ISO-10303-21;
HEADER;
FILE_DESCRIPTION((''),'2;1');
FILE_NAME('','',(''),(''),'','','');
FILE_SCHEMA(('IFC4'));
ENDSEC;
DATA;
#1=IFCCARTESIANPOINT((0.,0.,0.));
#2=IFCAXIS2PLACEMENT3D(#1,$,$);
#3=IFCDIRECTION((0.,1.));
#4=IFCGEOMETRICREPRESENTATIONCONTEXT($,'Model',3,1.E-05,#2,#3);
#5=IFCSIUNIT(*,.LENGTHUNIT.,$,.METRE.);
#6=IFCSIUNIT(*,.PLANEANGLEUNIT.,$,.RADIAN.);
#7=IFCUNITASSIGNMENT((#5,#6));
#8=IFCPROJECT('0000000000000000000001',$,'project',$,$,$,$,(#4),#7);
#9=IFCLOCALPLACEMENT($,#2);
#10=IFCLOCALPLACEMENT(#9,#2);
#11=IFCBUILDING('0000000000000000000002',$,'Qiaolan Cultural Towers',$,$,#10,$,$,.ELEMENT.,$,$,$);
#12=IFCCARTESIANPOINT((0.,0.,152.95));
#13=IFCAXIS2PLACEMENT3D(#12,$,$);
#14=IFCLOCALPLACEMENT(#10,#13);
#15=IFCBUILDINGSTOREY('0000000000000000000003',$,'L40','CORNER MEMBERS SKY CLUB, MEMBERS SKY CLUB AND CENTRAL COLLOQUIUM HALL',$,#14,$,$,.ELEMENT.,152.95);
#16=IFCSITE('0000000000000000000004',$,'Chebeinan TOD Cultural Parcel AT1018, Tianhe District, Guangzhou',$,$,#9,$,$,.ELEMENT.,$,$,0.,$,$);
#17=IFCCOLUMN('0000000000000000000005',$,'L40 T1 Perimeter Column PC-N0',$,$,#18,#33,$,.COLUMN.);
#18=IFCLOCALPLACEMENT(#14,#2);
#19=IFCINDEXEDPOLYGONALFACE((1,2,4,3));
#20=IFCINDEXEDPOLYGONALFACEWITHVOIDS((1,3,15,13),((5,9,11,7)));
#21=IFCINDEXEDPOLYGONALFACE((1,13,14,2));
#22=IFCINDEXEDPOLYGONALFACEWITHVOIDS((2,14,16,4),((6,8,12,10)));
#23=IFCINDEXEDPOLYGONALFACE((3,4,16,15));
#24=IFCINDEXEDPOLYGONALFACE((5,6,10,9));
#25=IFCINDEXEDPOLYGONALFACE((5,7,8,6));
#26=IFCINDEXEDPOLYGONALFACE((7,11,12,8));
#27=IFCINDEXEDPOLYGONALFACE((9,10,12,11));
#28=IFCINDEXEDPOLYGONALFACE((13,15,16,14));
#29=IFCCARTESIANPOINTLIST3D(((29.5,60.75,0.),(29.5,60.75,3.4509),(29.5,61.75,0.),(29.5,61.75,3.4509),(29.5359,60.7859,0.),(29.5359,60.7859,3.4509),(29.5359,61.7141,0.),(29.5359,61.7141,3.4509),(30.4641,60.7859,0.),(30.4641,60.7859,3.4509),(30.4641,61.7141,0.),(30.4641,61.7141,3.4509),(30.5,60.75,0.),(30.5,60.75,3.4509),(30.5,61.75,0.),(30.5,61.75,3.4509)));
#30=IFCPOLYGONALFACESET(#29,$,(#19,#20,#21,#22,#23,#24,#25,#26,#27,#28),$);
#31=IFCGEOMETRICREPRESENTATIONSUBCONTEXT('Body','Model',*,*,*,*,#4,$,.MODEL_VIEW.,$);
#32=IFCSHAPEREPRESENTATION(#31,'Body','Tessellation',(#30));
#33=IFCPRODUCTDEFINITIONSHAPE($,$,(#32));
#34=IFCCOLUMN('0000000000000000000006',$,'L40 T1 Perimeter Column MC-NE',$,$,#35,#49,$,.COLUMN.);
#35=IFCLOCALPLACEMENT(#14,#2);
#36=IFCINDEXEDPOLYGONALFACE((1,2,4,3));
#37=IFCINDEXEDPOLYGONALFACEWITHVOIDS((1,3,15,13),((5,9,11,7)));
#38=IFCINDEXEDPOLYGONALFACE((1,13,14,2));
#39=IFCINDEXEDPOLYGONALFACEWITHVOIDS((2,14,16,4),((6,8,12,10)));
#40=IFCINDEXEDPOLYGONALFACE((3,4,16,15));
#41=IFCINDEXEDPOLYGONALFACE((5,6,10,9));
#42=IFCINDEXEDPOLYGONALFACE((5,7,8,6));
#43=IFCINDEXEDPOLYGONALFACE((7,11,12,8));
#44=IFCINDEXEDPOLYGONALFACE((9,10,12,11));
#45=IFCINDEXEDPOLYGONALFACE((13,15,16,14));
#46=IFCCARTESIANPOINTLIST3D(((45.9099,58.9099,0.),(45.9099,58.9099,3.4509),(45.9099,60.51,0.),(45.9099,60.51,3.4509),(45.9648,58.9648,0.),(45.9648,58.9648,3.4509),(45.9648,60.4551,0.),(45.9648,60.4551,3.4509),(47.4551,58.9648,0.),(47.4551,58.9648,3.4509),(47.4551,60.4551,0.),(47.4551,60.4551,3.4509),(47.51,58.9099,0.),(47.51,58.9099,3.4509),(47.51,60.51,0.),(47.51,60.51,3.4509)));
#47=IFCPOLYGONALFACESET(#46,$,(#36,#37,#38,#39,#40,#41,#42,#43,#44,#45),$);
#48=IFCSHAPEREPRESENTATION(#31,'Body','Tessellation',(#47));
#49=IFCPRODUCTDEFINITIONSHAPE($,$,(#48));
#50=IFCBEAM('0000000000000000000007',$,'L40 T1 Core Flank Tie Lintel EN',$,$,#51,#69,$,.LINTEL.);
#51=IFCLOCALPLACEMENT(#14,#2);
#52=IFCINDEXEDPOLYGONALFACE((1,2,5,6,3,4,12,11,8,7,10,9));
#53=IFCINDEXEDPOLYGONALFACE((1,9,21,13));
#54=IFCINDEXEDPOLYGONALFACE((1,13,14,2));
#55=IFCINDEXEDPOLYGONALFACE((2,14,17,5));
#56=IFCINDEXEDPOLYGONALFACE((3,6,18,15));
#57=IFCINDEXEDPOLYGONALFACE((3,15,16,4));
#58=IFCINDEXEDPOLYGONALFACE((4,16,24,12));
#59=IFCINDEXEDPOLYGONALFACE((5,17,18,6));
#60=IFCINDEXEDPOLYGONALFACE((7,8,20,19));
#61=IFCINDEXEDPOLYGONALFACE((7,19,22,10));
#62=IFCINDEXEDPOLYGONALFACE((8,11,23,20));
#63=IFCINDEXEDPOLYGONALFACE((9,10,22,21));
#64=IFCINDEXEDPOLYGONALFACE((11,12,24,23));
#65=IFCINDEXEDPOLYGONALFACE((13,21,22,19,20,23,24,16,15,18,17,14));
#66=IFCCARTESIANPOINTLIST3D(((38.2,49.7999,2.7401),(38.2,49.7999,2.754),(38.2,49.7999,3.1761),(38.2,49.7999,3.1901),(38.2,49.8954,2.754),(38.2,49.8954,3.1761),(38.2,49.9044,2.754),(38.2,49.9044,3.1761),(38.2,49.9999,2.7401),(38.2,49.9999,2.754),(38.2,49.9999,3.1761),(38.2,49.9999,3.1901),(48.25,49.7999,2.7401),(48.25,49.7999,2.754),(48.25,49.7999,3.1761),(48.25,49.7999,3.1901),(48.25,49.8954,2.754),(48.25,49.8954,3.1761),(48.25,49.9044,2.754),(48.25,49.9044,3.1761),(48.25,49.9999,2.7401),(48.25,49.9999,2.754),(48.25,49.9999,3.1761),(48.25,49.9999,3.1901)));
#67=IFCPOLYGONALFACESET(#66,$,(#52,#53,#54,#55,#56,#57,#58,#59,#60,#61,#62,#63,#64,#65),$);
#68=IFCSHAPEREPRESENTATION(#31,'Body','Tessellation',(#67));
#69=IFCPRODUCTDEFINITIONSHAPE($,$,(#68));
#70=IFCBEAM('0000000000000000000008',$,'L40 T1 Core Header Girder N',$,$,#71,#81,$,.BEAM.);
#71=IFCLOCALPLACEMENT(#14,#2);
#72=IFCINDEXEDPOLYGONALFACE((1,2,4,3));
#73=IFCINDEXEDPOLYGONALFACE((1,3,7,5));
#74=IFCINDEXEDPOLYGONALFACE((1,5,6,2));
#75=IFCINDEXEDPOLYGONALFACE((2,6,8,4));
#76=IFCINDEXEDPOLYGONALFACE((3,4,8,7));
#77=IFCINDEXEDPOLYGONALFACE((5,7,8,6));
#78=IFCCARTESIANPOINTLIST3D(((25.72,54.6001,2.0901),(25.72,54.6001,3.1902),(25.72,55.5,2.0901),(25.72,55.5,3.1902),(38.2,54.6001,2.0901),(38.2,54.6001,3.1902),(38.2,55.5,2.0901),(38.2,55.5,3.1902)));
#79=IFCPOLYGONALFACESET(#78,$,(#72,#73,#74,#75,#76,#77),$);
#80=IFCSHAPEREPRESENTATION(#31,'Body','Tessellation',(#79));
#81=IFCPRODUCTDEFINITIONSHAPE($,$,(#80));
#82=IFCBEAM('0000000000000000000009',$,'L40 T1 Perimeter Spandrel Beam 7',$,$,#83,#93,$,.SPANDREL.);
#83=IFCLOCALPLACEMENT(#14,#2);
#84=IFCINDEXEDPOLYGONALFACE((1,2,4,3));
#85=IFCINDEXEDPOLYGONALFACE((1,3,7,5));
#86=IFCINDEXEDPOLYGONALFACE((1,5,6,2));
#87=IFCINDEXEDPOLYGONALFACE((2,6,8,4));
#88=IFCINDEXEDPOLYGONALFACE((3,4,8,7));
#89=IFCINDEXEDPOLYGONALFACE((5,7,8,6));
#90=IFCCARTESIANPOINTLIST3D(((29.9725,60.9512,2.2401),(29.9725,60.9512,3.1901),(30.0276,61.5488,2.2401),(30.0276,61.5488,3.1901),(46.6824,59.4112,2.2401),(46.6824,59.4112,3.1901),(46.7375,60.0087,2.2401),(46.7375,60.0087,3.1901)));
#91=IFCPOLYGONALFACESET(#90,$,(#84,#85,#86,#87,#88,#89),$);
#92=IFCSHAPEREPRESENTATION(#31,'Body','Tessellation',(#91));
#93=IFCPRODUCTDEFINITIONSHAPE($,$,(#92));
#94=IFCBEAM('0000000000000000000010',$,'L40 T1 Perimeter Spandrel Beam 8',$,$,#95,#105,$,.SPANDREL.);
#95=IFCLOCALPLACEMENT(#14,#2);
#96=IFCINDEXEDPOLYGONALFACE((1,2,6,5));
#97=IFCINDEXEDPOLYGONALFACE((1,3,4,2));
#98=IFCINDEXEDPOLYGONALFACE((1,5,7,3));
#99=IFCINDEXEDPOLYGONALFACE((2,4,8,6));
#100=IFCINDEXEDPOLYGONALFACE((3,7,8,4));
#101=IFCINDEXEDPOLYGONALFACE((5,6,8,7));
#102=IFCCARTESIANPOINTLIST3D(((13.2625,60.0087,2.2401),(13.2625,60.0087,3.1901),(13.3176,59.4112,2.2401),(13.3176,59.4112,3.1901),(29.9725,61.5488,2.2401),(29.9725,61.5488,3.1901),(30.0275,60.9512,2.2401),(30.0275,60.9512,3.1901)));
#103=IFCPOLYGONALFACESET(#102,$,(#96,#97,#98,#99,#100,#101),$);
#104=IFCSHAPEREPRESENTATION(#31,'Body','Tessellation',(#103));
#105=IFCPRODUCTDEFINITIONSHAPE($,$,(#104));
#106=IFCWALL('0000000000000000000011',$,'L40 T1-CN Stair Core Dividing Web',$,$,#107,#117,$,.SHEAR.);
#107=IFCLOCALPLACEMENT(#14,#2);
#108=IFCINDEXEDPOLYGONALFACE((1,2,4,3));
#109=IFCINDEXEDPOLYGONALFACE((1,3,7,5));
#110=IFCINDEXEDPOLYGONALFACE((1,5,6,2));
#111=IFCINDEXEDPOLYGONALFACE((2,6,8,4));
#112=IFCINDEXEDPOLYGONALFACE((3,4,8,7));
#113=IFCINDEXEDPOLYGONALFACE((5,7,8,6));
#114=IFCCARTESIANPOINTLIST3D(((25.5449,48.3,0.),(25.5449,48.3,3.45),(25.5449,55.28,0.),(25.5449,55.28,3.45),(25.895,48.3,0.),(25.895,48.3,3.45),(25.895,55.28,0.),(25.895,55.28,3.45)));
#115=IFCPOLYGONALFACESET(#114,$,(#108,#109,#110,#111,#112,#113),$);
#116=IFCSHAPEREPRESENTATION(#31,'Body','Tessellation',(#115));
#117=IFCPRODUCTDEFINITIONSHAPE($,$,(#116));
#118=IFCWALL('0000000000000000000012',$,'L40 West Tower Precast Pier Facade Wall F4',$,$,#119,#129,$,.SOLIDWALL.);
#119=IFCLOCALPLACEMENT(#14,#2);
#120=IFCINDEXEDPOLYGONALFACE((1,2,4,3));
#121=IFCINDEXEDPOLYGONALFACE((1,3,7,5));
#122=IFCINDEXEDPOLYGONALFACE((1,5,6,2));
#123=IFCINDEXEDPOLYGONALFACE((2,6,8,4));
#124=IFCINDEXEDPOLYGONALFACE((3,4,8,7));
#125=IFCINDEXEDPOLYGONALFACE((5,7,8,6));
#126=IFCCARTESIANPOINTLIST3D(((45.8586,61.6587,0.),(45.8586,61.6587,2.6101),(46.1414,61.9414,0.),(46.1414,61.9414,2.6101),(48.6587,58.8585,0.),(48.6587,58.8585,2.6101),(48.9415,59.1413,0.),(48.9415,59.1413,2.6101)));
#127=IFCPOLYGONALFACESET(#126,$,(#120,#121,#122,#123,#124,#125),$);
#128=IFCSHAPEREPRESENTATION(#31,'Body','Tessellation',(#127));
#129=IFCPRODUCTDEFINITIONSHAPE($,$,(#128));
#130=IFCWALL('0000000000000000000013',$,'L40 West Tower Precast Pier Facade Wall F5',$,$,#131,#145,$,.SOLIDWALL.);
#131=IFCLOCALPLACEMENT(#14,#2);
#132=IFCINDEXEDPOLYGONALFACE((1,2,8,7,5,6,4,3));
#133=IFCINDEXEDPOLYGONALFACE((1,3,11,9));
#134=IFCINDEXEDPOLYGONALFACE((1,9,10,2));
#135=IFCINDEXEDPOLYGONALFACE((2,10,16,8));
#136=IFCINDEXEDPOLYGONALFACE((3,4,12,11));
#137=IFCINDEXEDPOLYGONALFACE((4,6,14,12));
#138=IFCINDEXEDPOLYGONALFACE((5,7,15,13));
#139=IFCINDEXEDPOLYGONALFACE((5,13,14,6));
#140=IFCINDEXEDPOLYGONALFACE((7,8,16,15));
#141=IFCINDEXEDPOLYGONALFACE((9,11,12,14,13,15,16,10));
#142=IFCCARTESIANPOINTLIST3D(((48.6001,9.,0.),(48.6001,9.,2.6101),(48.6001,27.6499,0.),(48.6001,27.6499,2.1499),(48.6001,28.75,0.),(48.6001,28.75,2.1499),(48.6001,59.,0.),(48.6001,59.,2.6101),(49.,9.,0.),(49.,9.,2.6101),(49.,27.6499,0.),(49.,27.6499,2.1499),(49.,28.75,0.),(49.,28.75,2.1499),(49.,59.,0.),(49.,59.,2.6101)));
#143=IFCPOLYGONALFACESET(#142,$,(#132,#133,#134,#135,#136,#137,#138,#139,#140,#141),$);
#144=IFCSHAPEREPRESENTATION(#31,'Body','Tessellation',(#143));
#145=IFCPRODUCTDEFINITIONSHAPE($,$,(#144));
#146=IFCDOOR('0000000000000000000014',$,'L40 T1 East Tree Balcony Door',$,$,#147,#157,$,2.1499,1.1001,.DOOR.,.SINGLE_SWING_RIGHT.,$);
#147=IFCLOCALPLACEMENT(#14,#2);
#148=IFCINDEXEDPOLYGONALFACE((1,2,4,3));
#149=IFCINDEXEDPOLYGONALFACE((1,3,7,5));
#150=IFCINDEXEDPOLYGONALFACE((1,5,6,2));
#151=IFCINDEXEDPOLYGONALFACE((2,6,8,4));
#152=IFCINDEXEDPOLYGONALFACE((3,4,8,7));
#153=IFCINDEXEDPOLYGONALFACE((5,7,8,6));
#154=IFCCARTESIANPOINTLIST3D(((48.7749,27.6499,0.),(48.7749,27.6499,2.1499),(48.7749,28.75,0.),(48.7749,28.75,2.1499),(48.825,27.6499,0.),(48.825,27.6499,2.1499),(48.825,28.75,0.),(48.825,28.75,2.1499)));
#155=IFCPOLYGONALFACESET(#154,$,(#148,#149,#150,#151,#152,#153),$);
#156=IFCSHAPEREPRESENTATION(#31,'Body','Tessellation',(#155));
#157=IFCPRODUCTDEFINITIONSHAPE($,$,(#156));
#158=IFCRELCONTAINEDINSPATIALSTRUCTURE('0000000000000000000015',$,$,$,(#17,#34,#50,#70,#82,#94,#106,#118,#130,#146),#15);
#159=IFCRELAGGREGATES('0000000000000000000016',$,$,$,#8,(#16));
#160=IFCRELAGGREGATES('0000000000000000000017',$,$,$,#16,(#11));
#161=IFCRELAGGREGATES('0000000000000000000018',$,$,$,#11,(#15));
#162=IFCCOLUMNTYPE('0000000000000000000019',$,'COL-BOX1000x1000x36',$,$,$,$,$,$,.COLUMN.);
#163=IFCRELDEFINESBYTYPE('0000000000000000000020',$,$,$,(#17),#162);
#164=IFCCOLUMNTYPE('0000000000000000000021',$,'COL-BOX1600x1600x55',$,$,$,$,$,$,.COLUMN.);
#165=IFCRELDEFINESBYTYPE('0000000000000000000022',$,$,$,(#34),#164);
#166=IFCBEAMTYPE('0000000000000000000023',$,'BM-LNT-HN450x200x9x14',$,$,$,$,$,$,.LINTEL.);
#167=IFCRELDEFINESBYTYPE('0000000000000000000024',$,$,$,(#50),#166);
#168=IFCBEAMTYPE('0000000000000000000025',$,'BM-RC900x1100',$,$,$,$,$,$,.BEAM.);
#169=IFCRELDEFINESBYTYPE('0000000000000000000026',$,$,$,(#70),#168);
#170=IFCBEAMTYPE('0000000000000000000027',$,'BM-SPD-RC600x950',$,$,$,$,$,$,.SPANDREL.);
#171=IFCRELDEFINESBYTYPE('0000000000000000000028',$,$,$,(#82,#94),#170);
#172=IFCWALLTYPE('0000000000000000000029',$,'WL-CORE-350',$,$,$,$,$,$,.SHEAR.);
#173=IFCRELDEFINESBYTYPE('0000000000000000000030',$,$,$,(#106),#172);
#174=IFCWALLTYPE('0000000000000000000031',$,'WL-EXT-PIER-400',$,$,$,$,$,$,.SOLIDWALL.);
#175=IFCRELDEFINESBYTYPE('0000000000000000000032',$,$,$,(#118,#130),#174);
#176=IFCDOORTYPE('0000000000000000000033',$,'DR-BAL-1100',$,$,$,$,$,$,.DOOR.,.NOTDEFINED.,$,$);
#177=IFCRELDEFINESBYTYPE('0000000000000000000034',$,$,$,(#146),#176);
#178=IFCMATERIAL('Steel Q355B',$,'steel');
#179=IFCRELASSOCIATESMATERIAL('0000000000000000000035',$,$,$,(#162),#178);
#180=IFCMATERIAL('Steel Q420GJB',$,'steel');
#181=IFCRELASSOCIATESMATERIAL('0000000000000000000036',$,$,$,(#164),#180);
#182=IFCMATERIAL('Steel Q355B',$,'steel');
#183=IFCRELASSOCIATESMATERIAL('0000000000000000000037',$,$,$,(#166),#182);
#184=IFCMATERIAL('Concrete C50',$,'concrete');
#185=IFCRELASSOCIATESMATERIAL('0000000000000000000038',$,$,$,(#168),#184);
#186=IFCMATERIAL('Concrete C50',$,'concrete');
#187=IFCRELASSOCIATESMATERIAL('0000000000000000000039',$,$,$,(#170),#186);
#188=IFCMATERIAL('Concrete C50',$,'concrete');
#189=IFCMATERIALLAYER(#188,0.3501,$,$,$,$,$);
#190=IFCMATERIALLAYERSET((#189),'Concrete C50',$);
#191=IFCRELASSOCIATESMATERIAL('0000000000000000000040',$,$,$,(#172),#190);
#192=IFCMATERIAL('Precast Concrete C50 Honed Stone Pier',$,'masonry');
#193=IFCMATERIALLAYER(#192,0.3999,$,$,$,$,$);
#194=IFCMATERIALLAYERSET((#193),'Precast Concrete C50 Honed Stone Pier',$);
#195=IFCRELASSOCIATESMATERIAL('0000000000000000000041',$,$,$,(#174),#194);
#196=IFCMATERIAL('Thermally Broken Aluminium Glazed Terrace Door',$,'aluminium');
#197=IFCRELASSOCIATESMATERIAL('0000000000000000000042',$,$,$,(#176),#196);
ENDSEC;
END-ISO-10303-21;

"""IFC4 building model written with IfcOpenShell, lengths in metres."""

from ifc_helpers import new_model, si_unit, direction, frame, frame_2d, origin, origin_2d, place, context, subcontext, project, spatial, rectangle, hollow_rectangle, i_section, extrude, material, layer, layer_set, material_profile, profile_set, type_object, element, fill, save


model = new_model("IFC4")

# Units and contexts
model_context = context("Model", 3, precision=1e-05, world=origin(), true_north=direction((0.0, 1.0)))
body_context = subcontext(model_context, "Body", "Model", "MODEL_VIEW")
ifc_project = project(units=[si_unit("LENGTHUNIT", "METRE"), si_unit("PLANEANGLEUNIT", "RADIAN")], contexts=[model_context])

# Site, building, storey
site_placement = place(None, origin())
site = spatial("IfcSite", under=ifc_project, at=site_placement, Name="Chebeinan TOD Cultural Parcel AT1018, Tianhe District, Guangzhou", CompositionType="ELEMENT", RefElevation=0.0)
building_placement = place(site_placement, origin())
building = spatial("IfcBuilding", under=site, at=building_placement, Name="Qiaolan Cultural Towers", CompositionType="ELEMENT")
storey_placement = place(building_placement, frame((0.0, 0.0, 152.95)))
storey = spatial("IfcBuildingStorey", under=building, at=storey_placement, Name="L40", Description="CORNER MEMBERS SKY CLUB, MEMBERS SKY CLUB AND CENTRAL COLLOQUIUM HALL", CompositionType="ELEMENT", Elevation=152.95)

# Columns
ifc_material_1 = material(Name="Steel Q355B", Category="steel")
ifc_material_profile_1 = material_profile(ifc_material_1, hollow_rectangle(XDim=1.0, YDim=1.0, WallThickness=0.0359, at=origin_2d()), Name="BOX1000x1000x36")
ifc_profile_set_1 = profile_set([ifc_material_profile_1], Name="Steel Q355B")
column_type_1 = type_object("IfcColumnType", Name="COL-BOX1000x1000x36", PredefinedType="COLUMN", material=ifc_profile_set_1)
column_1_placement = place(storey_placement, frame((30.0, 61.25, 0.0), z_axis=(0.0, 0.0, 1.0), x_axis=(1.0, 0.0, 0.0)))
element("IfcColumn", 1, at=column_1_placement, inside=storey, type_object=column_type_1, Name="L40 T1 Perimeter Column PC-N0", PredefinedType="COLUMN", context=body_context, shape_type="SweptSolid", body=[
    extrude(hollow_rectangle(XDim=1.0, YDim=1.0, WallThickness=0.0359, at=origin_2d()), origin(), (0.0, 0.0, 1.0), 3.4509),
])
ifc_material_2 = material(Name="Steel Q420GJB", Category="steel")
ifc_material_profile_2 = material_profile(ifc_material_2, hollow_rectangle(XDim=1.6001, YDim=1.6001, WallThickness=0.0549, at=origin_2d()), Name="BOX1600x1600x55")
ifc_profile_set_2 = profile_set([ifc_material_profile_2], Name="Steel Q420GJB")
column_type_2 = type_object("IfcColumnType", Name="COL-BOX1600x1600x55", PredefinedType="COLUMN", material=ifc_profile_set_2)
column_2_placement = place(storey_placement, frame((46.71, 59.71, 0.0), z_axis=(0.0, 0.0, 1.0), x_axis=(1.0, 0.0, 0.0)))
element("IfcColumn", 2, at=column_2_placement, inside=storey, type_object=column_type_2, Name="L40 T1 Perimeter Column MC-NE", PredefinedType="COLUMN", context=body_context, shape_type="SweptSolid", body=[
    extrude(hollow_rectangle(XDim=1.6001, YDim=1.6001, WallThickness=0.0549, at=origin_2d()), origin(), (0.0, 0.0, 1.0), 3.4509),
])

# Beams
ifc_material_3 = material(Name="Steel Q355B", Category="steel")
ifc_material_profile_3 = material_profile(ifc_material_3, i_section(OverallWidth=0.2, OverallDepth=0.45, WebThickness=0.009, FlangeThickness=0.0139, at=origin_2d()), Name="HN450x200x9x14")
ifc_profile_set_3 = profile_set([ifc_material_profile_3], Name="Steel Q355B")
beam_type_1 = type_object("IfcBeamType", Name="BM-LNT-HN450x200x9x14", PredefinedType="LINTEL", material=ifc_profile_set_3)
beam_1_placement = place(storey_placement, frame((38.2, 49.8999, 2.9651), z_axis=(1.0, 0.0, 0.0), x_axis=(0.0, 1.0, 0.0)))
element("IfcBeam", 3, at=beam_1_placement, inside=storey, type_object=beam_type_1, Name="L40 T1 Core Flank Tie Lintel EN", PredefinedType="LINTEL", context=body_context, shape_type="SweptSolid", body=[
    extrude(i_section(OverallWidth=0.2, OverallDepth=0.45, WebThickness=0.009, FlangeThickness=0.0139, at=origin_2d()), origin(), (0.0, 0.0, 1.0), 10.05),
])
ifc_material_4 = material(Name="Concrete C50", Category="concrete")
ifc_material_profile_4 = material_profile(ifc_material_4, rectangle(XDim=0.8999, YDim=1.1001, at=origin_2d()), Name="RC900x1100")
ifc_profile_set_4 = profile_set([ifc_material_profile_4], Name="Concrete C50")
beam_type_2 = type_object("IfcBeamType", Name="BM-RC900x1100", PredefinedType="BEAM", material=ifc_profile_set_4)
beam_2_placement = place(storey_placement, frame((25.72, 55.05, 2.6401), z_axis=(1.0, 0.0, 0.0), x_axis=(0.0, 1.0, 0.0)))
element("IfcBeam", 4, at=beam_2_placement, inside=storey, type_object=beam_type_2, Name="L40 T1 Core Header Girder N", PredefinedType="BEAM", context=body_context, shape_type="SweptSolid", body=[
    extrude(rectangle(XDim=0.8999, YDim=1.1001, at=origin_2d()), origin(), (0.0, 0.0, 1.0), 12.48),
])
ifc_material_5 = material(Name="Concrete C50", Category="concrete")
ifc_material_profile_5 = material_profile(ifc_material_5, rectangle(XDim=0.6001, YDim=0.95, at=origin_2d()), Name="RC600x950")
ifc_profile_set_5 = profile_set([ifc_material_profile_5], Name="Concrete C50")
beam_type_3 = type_object("IfcBeamType", Name="BM-SPD-RC600x950", PredefinedType="SPANDREL", material=ifc_profile_set_5)
for number, where, z_axis, x_axis, name in (
    (5, (46.71, 59.71, 2.7151), (-0.99578, 0.091774, 0.0), (-0.091774, -0.99578, 0.0), "L40 T1 Perimeter Spandrel Beam 7"),
    (6, (30.0, 61.25, 2.7151), (-0.99578, -0.091774, 0.0), (0.091774, -0.99578, 0.0), "L40 T1 Perimeter Spandrel Beam 8"),
):
    element("IfcBeam", number, at=place(storey_placement, frame(where, z_axis=z_axis, x_axis=x_axis)), inside=storey, type_object=beam_type_3, Name=name, PredefinedType="SPANDREL", context=body_context, shape_type="SweptSolid", body=[
        extrude(rectangle(XDim=0.6001, YDim=0.95, at=origin_2d()), origin(), (0.0, 0.0, 1.0), 16.7808),
    ])

# Walls
ifc_material_6 = material(Name="Concrete C50", Category="concrete")
ifc_layer_1 = layer(ifc_material_6, 0.3501)
ifc_layer_set_1 = layer_set([ifc_layer_1], Name="Concrete C50")
wall_type_1 = type_object("IfcWallType", Name="WL-CORE-350", PredefinedType="SHEAR", material=ifc_layer_set_1)
wall_1_placement = place(storey_placement, frame((25.72, 48.3, 0.0), z_axis=(0.0, 0.0, 1.0), x_axis=(0.0, 1.0, 0.0)))
element("IfcWall", 7, at=wall_1_placement, inside=storey, type_object=wall_type_1, Name="L40 T1-CN Stair Core Dividing Web", PredefinedType="SHEAR", context=body_context, shape_type="SweptSolid", body=[
    extrude(rectangle(XDim=6.98, YDim=0.3501, at=frame_2d((3.49, 0.0))), origin(), (0.0, 0.0, 1.0), 3.45),
])
ifc_material_7 = material(Name="Precast Concrete C50 Honed Stone Pier", Category="masonry")
ifc_layer_2 = layer(ifc_material_7, 0.3999)
ifc_layer_set_2 = layer_set([ifc_layer_2], Name="Precast Concrete C50 Honed Stone Pier")
wall_type_2 = type_object("IfcWallType", Name="WL-EXT-PIER-400", PredefinedType="SOLIDWALL", material=ifc_layer_set_2)
wall_2_placement = place(storey_placement, frame((46.0, 61.8, 0.0), z_axis=(0.0, 0.0, 1.0), x_axis=(0.707107, -0.707107, 0.0)))
element("IfcWall", 8, at=wall_2_placement, inside=storey, type_object=wall_type_2, Name="L40 West Tower Precast Pier Facade Wall F4", PredefinedType="SOLIDWALL", context=body_context, shape_type="SweptSolid", body=[
    extrude(rectangle(XDim=3.96, YDim=0.3999, at=frame_2d((1.98, 0.0))), origin(), (0.0, 0.0, 1.0), 2.6101),
])

# Wall, opening, door
wall_3_placement = place(storey_placement, frame((48.8, 59.0, 0.0), z_axis=(0.0, 0.0, 1.0), x_axis=(0.0, -1.0, 0.0)))
wall_3 = element("IfcWall", 9, at=wall_3_placement, inside=storey, type_object=wall_type_2, Name="L40 West Tower Precast Pier Facade Wall F5", PredefinedType="SOLIDWALL", context=body_context, shape_type="SweptSolid", body=[
    extrude(rectangle(XDim=50.0, YDim=0.3999, at=frame_2d((25.0, 0.0))), origin(), (0.0, 0.0, 1.0), 2.6101),
])
opening_1_placement = place(wall_3_placement, frame((30.25, 0.0, 0.0)))
opening_1 = element("IfcOpeningElement", 10, at=opening_1_placement, cuts=wall_3, PredefinedType="OPENING", context=body_context, shape_type="SweptSolid", body=[
    extrude(rectangle(XDim=1.1001, YDim=2.1499, at=frame_2d((0.55, 1.075))), frame((0.0, 0.21, 0.0), z_axis=(0.0, -1.0, 0.0), x_axis=(1.0, 0.0, 0.0)), (0.0, 0.0, 1.0), 0.4199),
])
ifc_material_8 = material(Name="Thermally Broken Aluminium Glazed Terrace Door", Category="aluminium")
door_type_1 = type_object("IfcDoorType", Name="DR-BAL-1100", OperationType="NOTDEFINED", PredefinedType="DOOR", material=ifc_material_8)
door_1_placement = place(opening_1_placement, origin())
door_1 = element("IfcDoor", 11, at=door_1_placement, inside=storey, type_object=door_type_1, Name="L40 T1 East Tree Balcony Door", OperationType="SINGLE_SWING_RIGHT", OverallHeight=2.1499, OverallWidth=1.1001, PredefinedType="DOOR", context=body_context, shape_type="SweptSolid", body=[
    extrude(rectangle(XDim=1.1001, YDim=2.1499, at=frame_2d((0.55, 1.075))), frame((0.0, 0.0249, 0.0), z_axis=(0.0, -1.0, 0.0), x_axis=(1.0, 0.0, 0.0)), (0.0, 0.0, 1.0), 0.05),
])
fill(opening_1, door_1)

save(model, "model.ifc")
